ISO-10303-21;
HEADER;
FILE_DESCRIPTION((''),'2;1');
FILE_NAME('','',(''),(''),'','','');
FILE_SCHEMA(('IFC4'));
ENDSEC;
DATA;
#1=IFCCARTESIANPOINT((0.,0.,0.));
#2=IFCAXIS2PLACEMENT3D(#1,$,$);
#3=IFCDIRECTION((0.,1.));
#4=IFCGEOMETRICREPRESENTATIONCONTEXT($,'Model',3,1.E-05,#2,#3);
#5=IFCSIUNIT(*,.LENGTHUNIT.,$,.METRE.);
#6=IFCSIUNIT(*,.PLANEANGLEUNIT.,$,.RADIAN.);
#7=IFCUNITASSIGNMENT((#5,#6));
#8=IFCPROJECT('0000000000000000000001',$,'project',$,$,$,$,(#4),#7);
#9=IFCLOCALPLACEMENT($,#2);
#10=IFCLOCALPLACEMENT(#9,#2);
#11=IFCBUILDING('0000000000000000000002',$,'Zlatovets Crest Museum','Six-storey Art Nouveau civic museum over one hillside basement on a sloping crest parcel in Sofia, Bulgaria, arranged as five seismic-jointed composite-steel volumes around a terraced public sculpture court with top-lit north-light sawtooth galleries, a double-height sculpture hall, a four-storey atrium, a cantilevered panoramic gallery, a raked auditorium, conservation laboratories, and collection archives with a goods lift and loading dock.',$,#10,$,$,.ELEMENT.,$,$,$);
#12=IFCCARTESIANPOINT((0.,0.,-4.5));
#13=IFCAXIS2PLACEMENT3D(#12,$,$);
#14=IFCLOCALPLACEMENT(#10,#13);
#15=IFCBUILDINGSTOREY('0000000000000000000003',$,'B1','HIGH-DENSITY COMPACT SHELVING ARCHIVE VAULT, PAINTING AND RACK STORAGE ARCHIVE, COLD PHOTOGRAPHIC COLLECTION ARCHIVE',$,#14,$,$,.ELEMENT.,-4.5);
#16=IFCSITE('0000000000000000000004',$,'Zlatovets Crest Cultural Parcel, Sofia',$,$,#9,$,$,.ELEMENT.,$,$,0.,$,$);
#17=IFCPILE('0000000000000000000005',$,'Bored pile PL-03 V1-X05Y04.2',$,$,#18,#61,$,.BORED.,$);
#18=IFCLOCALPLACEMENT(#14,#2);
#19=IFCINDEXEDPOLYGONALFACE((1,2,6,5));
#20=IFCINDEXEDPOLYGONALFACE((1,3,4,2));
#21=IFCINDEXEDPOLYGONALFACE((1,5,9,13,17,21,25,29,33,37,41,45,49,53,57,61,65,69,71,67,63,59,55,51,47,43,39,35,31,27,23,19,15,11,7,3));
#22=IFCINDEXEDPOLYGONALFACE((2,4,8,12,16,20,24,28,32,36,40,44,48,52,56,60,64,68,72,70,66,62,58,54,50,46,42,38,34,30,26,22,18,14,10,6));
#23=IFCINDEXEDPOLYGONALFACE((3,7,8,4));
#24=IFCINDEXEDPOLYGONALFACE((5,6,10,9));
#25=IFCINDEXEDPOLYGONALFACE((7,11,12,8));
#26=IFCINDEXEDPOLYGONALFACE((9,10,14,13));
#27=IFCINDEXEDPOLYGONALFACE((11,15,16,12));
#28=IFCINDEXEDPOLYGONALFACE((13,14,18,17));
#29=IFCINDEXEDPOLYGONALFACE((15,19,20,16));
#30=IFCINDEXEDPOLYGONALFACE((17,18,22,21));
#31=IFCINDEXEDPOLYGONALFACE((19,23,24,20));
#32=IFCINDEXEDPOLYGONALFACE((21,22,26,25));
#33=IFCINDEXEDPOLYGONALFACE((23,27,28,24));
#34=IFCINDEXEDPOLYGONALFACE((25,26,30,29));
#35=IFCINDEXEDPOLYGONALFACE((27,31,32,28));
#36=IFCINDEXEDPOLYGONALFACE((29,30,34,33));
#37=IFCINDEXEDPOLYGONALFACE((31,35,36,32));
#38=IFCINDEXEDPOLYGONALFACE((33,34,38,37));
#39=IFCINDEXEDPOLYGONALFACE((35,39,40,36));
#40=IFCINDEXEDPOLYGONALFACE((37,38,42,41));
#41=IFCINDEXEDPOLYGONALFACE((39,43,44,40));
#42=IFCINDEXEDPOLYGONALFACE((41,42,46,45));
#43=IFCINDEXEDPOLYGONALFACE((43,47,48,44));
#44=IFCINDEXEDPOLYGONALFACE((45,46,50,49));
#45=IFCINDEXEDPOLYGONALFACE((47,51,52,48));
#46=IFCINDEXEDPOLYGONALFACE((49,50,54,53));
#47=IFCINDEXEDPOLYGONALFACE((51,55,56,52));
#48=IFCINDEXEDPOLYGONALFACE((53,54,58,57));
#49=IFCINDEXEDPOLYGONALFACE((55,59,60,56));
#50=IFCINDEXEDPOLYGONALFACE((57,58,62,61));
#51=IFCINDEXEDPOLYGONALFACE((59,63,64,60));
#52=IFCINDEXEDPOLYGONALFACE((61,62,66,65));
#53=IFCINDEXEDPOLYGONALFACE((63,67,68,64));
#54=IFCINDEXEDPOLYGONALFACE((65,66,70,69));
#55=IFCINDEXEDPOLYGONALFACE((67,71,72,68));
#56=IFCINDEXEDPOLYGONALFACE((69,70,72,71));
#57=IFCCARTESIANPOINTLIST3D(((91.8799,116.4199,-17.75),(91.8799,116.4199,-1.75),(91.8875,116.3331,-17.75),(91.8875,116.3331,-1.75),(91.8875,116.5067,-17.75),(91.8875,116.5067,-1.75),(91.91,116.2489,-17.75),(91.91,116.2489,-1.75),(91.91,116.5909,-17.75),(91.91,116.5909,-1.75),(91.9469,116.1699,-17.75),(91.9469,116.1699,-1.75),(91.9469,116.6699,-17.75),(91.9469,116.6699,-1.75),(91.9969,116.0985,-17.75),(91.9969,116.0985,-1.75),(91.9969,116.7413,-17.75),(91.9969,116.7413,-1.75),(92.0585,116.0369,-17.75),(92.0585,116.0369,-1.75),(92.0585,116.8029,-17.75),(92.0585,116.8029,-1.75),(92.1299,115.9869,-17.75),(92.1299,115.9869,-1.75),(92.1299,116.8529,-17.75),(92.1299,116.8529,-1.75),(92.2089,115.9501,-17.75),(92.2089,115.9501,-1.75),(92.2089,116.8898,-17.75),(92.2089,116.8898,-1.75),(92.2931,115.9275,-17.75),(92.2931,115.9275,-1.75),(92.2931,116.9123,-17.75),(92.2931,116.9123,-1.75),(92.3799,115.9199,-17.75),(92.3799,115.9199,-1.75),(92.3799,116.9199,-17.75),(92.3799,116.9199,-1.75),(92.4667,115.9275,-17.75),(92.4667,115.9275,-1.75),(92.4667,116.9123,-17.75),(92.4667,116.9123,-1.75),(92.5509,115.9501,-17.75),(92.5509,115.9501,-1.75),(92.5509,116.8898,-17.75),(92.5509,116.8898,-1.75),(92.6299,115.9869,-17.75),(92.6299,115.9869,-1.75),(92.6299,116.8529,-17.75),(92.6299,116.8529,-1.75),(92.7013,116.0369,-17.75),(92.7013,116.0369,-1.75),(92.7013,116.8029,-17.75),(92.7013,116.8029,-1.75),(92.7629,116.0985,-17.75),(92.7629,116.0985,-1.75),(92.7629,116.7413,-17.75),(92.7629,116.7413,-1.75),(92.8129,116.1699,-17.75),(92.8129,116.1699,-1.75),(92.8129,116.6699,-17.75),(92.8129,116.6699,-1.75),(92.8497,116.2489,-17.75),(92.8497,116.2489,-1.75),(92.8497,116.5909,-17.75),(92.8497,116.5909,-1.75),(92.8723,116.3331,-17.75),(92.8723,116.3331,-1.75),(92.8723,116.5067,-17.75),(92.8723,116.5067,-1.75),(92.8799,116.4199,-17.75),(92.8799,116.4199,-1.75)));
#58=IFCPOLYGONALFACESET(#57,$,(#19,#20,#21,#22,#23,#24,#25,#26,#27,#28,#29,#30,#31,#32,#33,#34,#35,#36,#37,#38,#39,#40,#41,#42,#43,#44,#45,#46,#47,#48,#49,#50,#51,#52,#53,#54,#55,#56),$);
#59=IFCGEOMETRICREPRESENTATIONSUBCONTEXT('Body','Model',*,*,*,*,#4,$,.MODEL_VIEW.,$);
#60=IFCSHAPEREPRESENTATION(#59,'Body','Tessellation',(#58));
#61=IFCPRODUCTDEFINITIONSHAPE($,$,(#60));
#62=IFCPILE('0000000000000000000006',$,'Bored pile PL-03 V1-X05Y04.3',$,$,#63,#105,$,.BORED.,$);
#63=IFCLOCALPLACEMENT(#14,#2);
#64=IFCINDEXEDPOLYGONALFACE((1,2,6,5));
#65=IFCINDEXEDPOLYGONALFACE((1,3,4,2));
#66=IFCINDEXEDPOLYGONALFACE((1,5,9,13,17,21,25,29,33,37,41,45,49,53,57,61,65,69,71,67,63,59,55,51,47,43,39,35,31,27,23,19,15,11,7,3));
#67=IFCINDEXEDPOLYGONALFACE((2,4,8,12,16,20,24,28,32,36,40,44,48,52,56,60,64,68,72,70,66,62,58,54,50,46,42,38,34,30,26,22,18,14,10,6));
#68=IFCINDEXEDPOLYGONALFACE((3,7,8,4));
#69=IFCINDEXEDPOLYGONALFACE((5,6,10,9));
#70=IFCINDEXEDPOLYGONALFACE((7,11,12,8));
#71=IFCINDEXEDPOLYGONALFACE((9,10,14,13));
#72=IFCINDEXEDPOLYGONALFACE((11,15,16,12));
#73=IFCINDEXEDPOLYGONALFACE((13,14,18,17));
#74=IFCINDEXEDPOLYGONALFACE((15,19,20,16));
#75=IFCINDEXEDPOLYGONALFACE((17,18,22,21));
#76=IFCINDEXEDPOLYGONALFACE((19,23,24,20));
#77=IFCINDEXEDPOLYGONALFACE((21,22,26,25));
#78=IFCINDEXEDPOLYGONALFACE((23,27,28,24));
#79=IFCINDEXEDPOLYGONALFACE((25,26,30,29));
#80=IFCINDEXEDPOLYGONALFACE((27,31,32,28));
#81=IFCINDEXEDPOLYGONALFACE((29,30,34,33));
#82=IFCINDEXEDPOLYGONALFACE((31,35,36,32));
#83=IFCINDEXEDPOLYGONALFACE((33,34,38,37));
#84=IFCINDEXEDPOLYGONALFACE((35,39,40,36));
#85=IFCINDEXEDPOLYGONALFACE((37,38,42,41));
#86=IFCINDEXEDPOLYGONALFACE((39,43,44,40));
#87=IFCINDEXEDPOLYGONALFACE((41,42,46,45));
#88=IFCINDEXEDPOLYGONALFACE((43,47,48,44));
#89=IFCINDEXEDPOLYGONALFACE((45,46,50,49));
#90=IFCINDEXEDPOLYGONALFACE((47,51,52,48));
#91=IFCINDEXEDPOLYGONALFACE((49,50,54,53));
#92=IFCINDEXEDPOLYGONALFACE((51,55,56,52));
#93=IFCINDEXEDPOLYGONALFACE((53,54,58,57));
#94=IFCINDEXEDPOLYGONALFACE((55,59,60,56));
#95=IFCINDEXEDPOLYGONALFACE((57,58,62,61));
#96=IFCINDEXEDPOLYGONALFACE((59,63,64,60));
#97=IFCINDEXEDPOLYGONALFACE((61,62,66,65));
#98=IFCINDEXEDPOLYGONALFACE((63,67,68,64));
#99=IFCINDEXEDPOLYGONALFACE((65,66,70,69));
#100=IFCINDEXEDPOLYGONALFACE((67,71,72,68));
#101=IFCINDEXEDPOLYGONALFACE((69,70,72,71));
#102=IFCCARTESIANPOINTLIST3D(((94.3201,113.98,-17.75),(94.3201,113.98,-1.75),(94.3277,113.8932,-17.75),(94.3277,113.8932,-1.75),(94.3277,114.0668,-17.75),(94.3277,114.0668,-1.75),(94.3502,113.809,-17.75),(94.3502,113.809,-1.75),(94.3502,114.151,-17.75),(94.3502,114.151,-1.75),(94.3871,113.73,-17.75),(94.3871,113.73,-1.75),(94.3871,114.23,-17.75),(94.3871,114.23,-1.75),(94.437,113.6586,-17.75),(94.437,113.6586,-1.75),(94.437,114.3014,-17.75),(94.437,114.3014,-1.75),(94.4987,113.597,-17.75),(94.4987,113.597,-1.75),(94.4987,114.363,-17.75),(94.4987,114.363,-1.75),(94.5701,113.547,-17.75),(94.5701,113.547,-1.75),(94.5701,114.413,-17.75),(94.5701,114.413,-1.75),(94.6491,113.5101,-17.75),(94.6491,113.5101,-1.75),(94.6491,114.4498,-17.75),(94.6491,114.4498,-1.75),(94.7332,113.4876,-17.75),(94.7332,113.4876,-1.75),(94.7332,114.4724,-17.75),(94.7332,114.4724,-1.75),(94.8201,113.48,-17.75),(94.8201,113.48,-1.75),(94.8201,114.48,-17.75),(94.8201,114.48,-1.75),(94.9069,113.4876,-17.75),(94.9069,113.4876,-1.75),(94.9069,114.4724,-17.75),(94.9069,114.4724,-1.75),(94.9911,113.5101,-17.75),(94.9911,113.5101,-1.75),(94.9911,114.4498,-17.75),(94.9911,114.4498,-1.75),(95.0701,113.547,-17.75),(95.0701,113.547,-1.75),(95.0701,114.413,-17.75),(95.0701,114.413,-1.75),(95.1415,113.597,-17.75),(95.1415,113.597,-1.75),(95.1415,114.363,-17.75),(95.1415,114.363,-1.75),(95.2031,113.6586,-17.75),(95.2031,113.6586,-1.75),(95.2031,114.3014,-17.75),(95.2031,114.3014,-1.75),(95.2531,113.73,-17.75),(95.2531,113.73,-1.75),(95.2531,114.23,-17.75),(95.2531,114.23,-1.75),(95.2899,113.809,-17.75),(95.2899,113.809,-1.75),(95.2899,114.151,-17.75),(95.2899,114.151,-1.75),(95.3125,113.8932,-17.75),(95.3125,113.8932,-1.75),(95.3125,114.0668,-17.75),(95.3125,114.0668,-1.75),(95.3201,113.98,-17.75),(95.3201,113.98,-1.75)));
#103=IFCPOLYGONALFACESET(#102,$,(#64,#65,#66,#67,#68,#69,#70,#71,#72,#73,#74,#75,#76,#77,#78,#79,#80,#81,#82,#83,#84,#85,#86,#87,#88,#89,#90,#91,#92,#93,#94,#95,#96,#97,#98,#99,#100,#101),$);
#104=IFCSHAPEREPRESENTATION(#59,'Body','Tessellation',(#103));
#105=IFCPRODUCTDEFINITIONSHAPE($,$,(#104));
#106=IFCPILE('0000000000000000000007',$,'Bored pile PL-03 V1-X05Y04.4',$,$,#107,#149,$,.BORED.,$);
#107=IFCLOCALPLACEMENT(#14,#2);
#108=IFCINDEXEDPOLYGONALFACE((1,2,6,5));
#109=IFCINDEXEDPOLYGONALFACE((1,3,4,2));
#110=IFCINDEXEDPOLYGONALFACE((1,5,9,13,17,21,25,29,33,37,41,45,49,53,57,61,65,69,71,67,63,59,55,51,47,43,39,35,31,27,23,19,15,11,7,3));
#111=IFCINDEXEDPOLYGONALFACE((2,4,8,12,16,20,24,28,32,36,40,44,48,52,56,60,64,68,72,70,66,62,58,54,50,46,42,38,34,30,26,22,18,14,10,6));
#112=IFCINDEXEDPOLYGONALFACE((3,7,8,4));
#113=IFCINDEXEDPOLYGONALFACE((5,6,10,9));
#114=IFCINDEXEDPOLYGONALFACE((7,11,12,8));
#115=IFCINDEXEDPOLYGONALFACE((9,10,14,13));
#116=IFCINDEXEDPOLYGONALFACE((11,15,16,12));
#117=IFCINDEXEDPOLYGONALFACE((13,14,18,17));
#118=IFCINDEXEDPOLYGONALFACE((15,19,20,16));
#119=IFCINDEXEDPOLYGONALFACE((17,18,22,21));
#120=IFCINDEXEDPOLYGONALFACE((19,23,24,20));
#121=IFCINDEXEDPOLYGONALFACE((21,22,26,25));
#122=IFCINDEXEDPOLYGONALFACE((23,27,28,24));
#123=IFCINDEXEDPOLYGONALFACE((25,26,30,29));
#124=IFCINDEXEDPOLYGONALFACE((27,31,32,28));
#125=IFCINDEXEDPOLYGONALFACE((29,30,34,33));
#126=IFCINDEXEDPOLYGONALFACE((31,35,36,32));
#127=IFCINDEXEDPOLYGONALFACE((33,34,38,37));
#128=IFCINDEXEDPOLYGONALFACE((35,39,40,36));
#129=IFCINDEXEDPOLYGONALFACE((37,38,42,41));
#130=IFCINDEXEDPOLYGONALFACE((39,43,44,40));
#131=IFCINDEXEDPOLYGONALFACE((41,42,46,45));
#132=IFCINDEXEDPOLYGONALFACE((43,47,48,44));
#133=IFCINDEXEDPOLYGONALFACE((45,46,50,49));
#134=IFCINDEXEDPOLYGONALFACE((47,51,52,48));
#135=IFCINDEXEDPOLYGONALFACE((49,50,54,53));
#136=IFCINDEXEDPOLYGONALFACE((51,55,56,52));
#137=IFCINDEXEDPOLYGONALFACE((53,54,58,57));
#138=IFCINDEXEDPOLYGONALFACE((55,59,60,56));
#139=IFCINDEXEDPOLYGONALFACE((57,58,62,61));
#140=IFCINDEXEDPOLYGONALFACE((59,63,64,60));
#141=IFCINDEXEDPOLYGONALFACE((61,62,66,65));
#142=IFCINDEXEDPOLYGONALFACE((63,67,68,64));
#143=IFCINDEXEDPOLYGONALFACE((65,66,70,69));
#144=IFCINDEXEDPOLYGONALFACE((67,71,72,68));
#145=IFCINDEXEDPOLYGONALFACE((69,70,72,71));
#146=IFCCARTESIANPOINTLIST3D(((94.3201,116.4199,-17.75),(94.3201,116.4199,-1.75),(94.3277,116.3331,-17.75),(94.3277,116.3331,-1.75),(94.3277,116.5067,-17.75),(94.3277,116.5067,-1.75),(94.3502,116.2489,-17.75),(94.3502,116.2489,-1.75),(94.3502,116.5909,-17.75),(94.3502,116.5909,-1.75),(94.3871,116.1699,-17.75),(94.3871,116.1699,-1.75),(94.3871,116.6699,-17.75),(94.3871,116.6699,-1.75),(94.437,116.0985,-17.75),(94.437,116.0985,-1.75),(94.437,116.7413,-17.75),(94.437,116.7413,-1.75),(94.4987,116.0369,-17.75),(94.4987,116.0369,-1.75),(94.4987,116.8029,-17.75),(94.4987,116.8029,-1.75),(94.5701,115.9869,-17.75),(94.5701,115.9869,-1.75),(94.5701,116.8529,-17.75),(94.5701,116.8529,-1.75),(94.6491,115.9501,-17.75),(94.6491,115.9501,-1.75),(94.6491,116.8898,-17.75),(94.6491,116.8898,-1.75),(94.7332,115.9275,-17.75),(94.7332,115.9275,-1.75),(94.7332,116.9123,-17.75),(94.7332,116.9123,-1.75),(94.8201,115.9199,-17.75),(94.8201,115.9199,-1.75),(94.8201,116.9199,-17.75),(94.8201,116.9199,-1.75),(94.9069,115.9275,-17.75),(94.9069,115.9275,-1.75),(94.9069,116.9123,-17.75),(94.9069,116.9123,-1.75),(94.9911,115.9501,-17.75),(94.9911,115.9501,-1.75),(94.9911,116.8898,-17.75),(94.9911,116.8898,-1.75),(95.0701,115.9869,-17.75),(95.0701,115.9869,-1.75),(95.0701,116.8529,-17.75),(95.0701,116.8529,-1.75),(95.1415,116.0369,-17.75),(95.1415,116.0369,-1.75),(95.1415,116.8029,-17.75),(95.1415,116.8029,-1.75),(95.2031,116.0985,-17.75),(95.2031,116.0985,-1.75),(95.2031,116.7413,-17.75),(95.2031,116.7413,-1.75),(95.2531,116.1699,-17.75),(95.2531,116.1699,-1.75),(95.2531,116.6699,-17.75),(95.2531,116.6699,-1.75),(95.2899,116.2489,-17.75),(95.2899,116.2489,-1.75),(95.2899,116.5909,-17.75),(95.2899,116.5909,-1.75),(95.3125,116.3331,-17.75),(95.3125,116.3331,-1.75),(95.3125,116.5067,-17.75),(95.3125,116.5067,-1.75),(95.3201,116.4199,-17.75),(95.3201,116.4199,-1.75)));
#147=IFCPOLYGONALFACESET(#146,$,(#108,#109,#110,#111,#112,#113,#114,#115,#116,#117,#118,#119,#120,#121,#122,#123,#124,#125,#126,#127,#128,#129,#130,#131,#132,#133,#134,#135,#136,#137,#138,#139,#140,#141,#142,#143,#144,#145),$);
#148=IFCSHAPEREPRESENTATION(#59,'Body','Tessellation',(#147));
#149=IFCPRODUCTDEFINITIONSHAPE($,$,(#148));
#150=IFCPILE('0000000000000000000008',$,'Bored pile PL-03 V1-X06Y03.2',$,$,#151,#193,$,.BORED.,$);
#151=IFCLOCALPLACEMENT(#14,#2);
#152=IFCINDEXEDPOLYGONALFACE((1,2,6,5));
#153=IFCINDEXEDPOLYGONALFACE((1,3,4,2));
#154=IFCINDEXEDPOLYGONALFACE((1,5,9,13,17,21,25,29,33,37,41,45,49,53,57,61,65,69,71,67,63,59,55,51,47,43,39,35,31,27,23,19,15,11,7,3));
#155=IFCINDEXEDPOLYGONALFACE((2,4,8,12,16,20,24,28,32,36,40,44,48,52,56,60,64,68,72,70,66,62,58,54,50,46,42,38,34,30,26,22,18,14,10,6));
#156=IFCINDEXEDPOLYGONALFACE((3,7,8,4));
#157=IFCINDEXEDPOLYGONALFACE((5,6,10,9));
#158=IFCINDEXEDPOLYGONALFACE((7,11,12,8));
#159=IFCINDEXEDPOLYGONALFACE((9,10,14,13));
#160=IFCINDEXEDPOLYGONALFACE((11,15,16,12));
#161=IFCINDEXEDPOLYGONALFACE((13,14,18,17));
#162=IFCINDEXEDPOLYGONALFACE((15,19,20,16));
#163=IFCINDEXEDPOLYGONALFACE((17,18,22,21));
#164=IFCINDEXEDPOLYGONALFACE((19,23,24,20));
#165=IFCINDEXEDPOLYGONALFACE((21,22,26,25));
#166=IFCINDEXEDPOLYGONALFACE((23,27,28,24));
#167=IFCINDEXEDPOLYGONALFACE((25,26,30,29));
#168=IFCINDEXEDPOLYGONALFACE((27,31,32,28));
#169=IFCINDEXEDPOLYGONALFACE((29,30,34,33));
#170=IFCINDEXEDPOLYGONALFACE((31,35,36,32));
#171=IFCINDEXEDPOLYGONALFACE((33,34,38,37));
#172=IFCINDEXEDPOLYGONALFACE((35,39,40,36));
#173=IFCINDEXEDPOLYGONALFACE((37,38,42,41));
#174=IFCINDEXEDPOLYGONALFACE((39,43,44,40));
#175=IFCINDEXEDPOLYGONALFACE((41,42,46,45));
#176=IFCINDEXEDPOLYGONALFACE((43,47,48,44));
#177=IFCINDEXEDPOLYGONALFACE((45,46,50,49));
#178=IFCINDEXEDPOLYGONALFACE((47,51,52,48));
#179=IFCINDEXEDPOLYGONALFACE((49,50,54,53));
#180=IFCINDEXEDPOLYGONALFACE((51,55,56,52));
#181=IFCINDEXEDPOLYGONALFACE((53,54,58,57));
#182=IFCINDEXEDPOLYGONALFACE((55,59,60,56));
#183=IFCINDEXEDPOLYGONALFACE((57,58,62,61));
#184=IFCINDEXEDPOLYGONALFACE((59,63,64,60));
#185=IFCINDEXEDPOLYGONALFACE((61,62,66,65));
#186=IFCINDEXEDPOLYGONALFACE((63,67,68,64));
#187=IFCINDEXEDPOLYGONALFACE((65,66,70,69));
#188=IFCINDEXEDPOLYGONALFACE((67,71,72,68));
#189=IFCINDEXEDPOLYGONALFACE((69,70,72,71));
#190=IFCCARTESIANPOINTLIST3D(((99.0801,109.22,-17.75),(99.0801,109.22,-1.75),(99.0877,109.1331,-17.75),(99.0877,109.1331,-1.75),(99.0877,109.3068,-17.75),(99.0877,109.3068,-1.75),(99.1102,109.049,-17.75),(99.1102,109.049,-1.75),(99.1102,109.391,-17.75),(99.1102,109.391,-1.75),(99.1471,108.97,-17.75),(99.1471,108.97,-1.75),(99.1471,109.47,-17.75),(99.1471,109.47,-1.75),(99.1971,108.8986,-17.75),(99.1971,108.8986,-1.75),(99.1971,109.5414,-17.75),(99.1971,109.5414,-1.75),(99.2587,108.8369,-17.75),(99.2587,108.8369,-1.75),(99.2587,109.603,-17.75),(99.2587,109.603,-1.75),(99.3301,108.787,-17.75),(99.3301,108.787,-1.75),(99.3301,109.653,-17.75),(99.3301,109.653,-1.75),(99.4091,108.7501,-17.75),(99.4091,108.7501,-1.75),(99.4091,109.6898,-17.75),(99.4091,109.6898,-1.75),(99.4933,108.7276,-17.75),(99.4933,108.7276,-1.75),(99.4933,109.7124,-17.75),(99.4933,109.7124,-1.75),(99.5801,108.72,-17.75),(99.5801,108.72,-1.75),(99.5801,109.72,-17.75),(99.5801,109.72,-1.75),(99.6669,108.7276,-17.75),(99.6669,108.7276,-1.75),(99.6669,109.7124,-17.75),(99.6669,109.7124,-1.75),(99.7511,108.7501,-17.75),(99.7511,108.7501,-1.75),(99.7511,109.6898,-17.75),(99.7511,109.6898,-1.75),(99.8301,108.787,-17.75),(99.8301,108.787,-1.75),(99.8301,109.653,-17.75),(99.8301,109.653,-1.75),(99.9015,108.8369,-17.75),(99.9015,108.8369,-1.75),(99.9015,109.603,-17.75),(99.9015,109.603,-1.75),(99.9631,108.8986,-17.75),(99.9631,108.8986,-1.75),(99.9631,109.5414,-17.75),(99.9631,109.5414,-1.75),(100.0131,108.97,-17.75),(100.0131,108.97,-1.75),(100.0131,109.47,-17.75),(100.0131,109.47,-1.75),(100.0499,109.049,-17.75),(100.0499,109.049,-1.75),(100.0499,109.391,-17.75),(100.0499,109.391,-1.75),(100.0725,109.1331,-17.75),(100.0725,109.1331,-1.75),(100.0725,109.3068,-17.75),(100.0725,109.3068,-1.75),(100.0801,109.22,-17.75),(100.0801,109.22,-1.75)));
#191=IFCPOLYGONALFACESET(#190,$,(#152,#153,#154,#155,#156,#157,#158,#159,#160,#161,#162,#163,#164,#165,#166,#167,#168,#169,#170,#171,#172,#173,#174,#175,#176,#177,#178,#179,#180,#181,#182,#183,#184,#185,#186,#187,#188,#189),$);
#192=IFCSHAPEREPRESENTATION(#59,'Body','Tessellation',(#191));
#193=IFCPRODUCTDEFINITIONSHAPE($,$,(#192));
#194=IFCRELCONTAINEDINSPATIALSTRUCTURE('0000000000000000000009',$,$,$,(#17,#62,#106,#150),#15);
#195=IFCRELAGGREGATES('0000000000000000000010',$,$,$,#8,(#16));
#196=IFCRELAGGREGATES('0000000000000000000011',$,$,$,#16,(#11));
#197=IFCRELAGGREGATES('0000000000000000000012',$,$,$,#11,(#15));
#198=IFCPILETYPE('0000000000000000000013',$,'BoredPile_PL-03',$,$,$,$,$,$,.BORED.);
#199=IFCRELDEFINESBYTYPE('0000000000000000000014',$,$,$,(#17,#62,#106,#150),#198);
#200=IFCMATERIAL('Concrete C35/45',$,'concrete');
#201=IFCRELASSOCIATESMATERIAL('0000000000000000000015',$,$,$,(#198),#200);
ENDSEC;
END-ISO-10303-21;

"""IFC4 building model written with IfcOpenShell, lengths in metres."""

from ifc_helpers import new_model, si_unit, direction, frame, origin, origin_2d, place, context, subcontext, project, spatial, circle, extrude, material, material_profile, profile_set, type_object, element, save


model = new_model("IFC4")

# Units and contexts
model_context = context("Model", 3, precision=1e-05, world=origin(), true_north=direction((0.0, 1.0)))
body_context = subcontext(model_context, "Body", "Model", "MODEL_VIEW")
ifc_project = project(units=[si_unit("LENGTHUNIT", "METRE"), si_unit("PLANEANGLEUNIT", "RADIAN")], contexts=[model_context])

# Site, building, storey
site_placement = place(None, origin())
site = spatial("IfcSite", under=ifc_project, at=site_placement, Name="Zlatovets Crest Cultural Parcel, Sofia", CompositionType="ELEMENT", RefElevation=0.0)
building_placement = place(site_placement, origin())
building = spatial("IfcBuilding", under=site, at=building_placement, Name="Zlatovets Crest Museum", Description="Six-storey Art Nouveau civic museum over one hillside basement on a sloping crest parcel in Sofia, Bulgaria, arranged as five seismic-jointed composite-steel volumes around a terraced public sculpture court with top-lit north-light sawtooth galleries, a double-height sculpture hall, a four-storey atrium, a cantilevered panoramic gallery, a raked auditorium, conservation laboratories, and collection archives with a goods lift and loading dock.", CompositionType="ELEMENT")
storey_placement = place(building_placement, frame((0.0, 0.0, -4.5)))
storey = spatial("IfcBuildingStorey", under=building, at=storey_placement, Name="B1", Description="HIGH-DENSITY COMPACT SHELVING ARCHIVE VAULT, PAINTING AND RACK STORAGE ARCHIVE, COLD PHOTOGRAPHIC COLLECTION ARCHIVE", CompositionType="ELEMENT", Elevation=-4.5)

# Piles
ifc_material = material(Name="Concrete C35/45", Category="concrete")
ifc_material_profile_1 = material_profile(ifc_material, circle(Radius=0.5, at=origin_2d()), Name="PILE D1000")
ifc_profile_set_1 = profile_set([ifc_material_profile_1], Name="Concrete C35/45")
pile_type = type_object("IfcPileType", Name="BoredPile_PL-03", PredefinedType="BORED", material=ifc_profile_set_1)
for number, where, z_axis, x_axis, name in (
    (1, (92.3799, 116.4199, -1.75), (0.0, 0.0, -1.0), (1.0, 0.0, 0.0), "Bored pile PL-03 V1-X05Y04.2"),
    (2, (94.8201, 113.98, -1.75), (0.0, 0.0, -1.0), (1.0, 0.0, 0.0), "Bored pile PL-03 V1-X05Y04.3"),
    (3, (94.8201, 116.4199, -1.75), (0.0, 0.0, -1.0), (1.0, 0.0, 0.0), "Bored pile PL-03 V1-X05Y04.4"),
    (4, (99.5801, 109.22, -1.75), (0.0, 0.0, -1.0), (1.0, 0.0, 0.0), "Bored pile PL-03 V1-X06Y03.2"),
):
    element("IfcPile", number, at=place(storey_placement, frame(where, z_axis=z_axis, x_axis=x_axis)), inside=storey, type_object=pile_type, Name=name, PredefinedType="BORED", context=body_context, shape_type="SweptSolid", body=[
        extrude(circle(Radius=0.5, at=origin_2d()), origin(), (0.0, 0.0, 1.0), 16.0),
    ])

save(model, "model.ifc")
